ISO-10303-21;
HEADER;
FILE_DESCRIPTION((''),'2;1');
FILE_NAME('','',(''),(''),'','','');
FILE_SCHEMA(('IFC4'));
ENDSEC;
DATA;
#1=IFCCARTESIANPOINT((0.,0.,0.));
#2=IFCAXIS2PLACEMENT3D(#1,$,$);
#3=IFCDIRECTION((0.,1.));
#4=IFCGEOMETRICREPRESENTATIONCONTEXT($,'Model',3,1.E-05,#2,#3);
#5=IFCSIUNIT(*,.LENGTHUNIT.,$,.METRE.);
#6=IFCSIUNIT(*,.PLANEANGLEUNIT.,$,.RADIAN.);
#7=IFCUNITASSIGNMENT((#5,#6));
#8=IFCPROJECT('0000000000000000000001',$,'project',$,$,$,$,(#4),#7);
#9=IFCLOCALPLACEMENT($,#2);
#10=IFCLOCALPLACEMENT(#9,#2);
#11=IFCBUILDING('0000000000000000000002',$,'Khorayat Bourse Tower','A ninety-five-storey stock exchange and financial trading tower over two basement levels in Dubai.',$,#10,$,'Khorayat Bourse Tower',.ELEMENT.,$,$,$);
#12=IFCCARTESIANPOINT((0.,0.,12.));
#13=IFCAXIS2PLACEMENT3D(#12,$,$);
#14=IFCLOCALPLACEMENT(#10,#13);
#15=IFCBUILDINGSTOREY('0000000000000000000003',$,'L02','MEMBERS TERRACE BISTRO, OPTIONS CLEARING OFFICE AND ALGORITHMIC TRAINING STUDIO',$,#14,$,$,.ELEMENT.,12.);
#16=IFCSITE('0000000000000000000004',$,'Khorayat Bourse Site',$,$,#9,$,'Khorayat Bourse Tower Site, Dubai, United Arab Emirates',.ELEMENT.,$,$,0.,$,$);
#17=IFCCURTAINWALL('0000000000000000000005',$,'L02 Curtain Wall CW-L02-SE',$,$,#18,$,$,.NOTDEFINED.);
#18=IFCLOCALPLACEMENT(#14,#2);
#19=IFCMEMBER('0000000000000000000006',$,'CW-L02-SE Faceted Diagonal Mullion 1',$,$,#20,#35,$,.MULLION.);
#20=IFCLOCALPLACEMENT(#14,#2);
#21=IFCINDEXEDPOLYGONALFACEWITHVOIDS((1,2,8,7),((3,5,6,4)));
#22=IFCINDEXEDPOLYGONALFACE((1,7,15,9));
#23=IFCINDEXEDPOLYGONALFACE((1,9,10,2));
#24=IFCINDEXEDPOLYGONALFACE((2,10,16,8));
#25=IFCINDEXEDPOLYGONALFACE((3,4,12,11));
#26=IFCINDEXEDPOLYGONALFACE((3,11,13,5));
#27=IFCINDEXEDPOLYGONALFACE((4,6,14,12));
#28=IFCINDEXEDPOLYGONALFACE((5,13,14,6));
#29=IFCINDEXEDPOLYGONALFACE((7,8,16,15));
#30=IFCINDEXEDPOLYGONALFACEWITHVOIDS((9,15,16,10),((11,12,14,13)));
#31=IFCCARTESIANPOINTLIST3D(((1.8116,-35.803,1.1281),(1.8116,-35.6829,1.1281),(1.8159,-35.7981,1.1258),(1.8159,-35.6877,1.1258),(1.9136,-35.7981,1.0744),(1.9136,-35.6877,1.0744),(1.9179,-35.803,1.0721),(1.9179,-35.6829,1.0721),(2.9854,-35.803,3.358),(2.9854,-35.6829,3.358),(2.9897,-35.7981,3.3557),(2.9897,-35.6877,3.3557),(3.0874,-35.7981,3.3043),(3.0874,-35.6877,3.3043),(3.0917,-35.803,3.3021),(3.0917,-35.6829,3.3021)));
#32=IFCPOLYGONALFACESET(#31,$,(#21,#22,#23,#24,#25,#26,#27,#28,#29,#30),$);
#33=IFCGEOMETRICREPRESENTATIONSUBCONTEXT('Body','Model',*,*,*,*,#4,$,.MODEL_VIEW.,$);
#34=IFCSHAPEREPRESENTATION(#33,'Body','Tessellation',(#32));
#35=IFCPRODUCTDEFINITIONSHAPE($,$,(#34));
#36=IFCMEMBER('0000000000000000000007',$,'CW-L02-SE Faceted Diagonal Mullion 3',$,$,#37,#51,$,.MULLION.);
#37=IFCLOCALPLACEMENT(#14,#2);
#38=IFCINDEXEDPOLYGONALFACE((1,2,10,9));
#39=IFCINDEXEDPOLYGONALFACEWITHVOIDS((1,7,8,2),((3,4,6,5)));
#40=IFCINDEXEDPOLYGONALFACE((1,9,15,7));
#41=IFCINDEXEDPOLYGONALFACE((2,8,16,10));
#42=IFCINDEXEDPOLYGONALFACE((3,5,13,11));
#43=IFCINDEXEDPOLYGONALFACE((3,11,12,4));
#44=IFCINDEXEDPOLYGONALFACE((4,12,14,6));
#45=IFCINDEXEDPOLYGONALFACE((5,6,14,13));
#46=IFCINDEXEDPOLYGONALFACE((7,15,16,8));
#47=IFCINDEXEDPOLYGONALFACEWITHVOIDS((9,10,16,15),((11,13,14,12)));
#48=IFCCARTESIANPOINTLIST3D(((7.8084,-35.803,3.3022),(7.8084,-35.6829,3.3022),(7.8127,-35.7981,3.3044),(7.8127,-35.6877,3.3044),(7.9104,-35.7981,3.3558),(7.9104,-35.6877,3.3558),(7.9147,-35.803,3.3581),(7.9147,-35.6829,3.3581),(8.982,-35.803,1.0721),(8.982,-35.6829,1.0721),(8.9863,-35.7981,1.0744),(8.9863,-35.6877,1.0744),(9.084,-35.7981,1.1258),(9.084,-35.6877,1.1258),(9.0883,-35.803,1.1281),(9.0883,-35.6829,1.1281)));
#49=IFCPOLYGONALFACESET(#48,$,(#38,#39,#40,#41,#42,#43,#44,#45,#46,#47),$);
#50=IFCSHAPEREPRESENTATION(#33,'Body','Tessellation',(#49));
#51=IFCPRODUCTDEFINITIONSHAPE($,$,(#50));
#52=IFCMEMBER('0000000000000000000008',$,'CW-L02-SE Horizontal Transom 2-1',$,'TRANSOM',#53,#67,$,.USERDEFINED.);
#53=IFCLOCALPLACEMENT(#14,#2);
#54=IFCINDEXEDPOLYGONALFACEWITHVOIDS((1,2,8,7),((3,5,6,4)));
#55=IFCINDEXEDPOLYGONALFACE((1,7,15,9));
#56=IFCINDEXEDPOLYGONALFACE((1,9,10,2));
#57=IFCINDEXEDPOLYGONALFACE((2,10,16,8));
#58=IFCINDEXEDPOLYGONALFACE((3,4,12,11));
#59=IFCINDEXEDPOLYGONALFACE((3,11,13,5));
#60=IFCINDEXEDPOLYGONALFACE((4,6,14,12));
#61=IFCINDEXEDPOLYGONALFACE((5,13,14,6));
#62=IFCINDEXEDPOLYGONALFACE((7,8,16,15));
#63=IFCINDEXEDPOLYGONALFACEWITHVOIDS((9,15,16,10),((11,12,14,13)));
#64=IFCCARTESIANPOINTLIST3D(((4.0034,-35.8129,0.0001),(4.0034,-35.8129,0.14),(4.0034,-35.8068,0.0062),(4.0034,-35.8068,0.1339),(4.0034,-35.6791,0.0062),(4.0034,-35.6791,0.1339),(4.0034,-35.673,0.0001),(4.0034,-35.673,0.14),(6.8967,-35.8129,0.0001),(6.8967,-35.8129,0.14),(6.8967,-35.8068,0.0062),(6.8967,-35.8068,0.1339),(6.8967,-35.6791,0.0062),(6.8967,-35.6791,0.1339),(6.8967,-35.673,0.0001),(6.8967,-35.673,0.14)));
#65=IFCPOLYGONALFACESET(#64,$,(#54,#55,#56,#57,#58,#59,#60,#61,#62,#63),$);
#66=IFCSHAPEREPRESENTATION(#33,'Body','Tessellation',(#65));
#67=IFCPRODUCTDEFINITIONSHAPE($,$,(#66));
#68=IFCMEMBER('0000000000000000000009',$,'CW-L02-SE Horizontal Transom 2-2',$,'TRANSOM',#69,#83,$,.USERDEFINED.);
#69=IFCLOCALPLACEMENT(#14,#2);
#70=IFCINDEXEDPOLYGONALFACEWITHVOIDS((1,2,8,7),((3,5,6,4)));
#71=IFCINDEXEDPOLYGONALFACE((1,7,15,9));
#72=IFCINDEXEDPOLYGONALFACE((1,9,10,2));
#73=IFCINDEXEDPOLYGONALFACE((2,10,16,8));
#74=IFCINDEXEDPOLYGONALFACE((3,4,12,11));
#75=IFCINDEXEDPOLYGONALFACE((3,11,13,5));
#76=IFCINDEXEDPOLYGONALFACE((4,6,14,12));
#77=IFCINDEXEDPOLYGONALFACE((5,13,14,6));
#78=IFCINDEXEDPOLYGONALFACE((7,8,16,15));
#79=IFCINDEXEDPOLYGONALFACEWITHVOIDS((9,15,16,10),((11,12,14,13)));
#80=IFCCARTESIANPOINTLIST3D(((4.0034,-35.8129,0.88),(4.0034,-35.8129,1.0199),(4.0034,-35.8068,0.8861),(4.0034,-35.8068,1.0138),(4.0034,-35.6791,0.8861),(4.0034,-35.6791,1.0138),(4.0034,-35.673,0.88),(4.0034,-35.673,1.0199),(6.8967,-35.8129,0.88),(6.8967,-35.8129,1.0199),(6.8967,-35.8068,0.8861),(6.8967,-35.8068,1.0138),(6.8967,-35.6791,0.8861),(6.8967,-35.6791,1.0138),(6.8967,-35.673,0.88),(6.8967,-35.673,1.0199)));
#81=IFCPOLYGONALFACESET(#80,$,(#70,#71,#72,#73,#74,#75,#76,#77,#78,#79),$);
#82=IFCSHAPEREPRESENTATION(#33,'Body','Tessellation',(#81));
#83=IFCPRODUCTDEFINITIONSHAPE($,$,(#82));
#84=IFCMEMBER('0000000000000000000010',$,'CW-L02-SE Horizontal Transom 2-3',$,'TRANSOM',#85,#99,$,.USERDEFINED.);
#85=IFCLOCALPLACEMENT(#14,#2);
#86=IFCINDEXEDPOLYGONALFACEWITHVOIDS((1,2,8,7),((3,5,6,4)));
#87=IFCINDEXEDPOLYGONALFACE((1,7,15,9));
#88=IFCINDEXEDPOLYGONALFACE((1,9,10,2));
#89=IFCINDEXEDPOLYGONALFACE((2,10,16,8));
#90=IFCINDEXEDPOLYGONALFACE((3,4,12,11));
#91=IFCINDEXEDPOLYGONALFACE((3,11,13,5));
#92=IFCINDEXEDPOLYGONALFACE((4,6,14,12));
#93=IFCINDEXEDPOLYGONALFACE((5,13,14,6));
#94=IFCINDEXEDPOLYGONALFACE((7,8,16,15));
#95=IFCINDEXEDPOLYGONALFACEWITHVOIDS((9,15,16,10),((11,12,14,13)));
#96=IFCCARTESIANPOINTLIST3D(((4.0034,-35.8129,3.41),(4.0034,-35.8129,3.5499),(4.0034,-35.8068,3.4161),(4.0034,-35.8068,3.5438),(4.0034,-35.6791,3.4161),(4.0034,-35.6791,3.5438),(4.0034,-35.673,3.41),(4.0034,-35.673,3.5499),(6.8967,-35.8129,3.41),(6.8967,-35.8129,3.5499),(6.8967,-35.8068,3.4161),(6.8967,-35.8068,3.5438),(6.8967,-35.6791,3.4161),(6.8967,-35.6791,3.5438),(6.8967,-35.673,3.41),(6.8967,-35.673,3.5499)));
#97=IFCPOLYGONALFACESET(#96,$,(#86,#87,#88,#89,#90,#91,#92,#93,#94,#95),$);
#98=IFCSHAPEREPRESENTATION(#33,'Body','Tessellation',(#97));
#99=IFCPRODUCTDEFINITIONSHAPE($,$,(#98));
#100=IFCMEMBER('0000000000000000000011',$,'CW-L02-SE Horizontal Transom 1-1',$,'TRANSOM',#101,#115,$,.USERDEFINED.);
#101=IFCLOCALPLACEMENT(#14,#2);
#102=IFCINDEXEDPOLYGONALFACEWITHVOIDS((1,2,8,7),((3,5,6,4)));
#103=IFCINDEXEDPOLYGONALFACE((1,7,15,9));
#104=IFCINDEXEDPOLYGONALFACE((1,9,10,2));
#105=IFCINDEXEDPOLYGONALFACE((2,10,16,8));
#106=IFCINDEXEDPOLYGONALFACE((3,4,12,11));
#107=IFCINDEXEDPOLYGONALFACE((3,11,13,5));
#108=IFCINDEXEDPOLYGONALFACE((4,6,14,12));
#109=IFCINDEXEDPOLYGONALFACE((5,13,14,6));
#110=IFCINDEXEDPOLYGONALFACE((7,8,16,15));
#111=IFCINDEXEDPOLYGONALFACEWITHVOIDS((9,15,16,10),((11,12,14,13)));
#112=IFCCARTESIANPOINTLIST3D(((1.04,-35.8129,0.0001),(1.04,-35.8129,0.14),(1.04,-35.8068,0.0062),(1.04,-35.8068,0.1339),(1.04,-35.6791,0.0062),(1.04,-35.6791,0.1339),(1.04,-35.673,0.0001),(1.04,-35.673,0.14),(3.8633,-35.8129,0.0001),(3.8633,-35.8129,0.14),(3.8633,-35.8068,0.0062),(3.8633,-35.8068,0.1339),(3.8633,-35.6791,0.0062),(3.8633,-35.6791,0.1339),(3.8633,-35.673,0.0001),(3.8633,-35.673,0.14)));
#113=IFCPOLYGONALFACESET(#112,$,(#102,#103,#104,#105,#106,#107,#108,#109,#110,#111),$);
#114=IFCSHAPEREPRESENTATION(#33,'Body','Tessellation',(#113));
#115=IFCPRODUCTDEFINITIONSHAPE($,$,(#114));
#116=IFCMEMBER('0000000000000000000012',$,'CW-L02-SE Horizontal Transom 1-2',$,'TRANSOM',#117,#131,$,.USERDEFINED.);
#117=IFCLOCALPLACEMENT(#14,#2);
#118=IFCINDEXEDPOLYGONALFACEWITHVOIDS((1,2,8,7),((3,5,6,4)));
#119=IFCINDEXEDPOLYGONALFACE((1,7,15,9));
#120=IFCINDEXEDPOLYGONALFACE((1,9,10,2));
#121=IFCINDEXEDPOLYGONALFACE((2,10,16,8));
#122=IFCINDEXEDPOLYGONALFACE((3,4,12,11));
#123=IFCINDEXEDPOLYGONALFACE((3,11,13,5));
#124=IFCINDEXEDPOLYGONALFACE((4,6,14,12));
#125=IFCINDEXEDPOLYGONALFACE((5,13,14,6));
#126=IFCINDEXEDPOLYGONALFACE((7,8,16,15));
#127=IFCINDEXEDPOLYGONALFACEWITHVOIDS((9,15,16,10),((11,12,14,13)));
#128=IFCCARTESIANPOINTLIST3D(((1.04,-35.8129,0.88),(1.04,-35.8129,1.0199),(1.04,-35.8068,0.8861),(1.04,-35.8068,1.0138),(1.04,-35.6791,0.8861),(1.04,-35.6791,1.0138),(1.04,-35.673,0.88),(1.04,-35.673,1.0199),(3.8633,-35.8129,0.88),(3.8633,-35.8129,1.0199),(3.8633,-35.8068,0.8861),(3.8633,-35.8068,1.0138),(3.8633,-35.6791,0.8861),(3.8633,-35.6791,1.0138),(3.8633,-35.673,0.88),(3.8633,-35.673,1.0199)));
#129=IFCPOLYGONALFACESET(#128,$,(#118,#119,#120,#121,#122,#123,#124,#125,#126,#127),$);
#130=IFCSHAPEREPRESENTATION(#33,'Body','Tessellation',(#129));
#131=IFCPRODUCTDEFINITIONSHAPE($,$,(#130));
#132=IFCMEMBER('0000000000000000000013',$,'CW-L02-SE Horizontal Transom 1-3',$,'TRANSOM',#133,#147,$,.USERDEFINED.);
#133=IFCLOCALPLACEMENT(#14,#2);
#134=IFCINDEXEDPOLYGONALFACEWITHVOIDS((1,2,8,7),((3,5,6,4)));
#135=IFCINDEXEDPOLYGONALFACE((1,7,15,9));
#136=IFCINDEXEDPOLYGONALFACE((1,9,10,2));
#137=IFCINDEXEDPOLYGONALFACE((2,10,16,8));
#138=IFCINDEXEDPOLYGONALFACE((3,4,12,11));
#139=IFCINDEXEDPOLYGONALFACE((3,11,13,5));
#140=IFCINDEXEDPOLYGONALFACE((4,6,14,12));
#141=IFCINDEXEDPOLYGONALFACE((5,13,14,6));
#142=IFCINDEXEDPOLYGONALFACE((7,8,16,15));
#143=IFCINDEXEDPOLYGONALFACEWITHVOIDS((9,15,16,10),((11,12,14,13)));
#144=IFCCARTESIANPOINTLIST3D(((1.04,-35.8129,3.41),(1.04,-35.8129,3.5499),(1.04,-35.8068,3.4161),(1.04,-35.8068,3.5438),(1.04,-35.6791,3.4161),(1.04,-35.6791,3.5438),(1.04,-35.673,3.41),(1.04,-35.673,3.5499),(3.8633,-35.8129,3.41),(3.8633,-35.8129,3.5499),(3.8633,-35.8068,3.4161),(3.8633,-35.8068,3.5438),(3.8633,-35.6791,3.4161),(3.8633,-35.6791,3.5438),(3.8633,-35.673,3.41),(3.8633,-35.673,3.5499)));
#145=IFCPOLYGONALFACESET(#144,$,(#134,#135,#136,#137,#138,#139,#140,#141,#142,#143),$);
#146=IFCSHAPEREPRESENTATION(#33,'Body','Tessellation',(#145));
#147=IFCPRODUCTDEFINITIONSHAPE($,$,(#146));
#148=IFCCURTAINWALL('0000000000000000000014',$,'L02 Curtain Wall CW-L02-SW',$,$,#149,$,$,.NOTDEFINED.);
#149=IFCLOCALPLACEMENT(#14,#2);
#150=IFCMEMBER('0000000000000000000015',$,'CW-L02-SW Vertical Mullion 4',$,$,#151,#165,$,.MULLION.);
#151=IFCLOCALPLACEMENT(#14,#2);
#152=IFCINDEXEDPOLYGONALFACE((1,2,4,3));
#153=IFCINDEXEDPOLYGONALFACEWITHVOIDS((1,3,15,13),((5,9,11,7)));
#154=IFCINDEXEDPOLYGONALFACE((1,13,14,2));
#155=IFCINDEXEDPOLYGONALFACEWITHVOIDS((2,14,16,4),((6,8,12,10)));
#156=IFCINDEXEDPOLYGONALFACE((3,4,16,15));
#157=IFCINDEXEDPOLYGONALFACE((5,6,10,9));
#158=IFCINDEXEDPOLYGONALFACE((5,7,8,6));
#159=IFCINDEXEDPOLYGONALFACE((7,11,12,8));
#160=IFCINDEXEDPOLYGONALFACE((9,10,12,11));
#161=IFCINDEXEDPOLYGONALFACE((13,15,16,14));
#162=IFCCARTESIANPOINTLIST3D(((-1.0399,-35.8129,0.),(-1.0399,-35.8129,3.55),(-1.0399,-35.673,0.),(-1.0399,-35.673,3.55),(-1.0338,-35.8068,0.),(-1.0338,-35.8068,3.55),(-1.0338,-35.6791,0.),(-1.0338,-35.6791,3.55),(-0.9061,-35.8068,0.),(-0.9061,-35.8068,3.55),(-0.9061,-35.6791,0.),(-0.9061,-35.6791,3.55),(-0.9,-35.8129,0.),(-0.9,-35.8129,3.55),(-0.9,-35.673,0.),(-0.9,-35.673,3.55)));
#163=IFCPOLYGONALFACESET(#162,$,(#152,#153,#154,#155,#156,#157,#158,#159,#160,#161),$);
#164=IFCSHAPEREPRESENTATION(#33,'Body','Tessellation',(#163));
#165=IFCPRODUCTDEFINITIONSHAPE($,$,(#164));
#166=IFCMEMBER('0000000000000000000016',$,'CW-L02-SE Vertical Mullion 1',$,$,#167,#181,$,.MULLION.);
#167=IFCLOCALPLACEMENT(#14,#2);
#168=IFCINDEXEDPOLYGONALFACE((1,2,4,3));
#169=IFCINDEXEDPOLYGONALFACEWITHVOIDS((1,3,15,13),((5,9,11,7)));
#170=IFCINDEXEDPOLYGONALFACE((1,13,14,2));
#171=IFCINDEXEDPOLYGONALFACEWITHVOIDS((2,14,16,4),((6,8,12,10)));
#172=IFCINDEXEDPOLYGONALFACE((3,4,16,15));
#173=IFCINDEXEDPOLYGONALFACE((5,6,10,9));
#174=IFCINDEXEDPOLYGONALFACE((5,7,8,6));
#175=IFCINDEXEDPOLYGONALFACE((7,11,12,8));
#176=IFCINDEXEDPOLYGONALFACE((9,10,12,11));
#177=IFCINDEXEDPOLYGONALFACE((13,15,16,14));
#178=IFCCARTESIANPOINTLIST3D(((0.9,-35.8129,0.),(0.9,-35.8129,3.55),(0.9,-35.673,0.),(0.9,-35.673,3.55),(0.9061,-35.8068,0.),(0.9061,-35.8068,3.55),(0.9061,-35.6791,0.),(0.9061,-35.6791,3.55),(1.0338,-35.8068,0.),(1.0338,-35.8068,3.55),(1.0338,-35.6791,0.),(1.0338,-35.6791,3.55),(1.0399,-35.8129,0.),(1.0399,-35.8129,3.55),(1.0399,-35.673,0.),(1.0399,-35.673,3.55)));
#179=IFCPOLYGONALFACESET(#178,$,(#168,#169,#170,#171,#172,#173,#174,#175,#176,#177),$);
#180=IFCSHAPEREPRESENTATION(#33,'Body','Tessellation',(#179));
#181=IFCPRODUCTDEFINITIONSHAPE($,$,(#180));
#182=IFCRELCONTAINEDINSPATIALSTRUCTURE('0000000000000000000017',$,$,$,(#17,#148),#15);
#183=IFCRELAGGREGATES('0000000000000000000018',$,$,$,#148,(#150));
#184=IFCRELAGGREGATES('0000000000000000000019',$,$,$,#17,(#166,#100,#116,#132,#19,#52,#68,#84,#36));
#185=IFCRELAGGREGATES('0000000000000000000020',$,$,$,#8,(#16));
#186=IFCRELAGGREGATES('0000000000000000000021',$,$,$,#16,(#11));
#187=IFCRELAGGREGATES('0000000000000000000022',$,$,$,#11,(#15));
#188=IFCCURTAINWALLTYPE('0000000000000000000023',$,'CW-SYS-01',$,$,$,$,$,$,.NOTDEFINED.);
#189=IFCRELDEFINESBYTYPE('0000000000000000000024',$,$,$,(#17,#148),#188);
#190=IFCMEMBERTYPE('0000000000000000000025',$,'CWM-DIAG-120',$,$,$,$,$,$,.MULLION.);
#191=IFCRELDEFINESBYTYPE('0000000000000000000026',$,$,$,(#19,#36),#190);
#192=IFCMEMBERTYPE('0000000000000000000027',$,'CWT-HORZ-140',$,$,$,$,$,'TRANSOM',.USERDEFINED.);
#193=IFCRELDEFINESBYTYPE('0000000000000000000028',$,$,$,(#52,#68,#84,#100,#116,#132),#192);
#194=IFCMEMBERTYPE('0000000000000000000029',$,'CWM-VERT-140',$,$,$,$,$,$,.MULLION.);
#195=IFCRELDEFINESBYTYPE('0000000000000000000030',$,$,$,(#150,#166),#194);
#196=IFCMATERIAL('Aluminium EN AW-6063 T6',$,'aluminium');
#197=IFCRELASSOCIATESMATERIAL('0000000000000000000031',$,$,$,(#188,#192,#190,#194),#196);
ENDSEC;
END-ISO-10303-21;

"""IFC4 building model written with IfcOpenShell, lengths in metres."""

from ifc_helpers import new_model, si_unit, direction, frame, origin, origin_2d, place, context, subcontext, project, spatial, hollow_rectangle, extrude, source, transform, mapped, material, material_profile, profile_set, type_object, element, aggregate, save


model = new_model("IFC4")

# Units and contexts
model_context = context("Model", 3, precision=1e-05, world=origin(), true_north=direction((0.0, 1.0)))
body_context = subcontext(model_context, "Body", "Model", "MODEL_VIEW")
ifc_project = project(units=[si_unit("LENGTHUNIT", "METRE"), si_unit("PLANEANGLEUNIT", "RADIAN")], contexts=[model_context])

# Site, building, storey
site_placement = place(None, origin())
site = spatial("IfcSite", under=ifc_project, at=site_placement, Name="Khorayat Bourse Site", LongName="Khorayat Bourse Tower Site, Dubai, United Arab Emirates", CompositionType="ELEMENT", RefElevation=0.0)
building_placement = place(site_placement, origin())
building = spatial("IfcBuilding", under=site, at=building_placement, Name="Khorayat Bourse Tower", Description="A ninety-five-storey stock exchange and financial trading tower over two basement levels in Dubai.", LongName="Khorayat Bourse Tower", CompositionType="ELEMENT")
storey_placement = place(building_placement, frame((0.0, 0.0, 12.0)))
storey = spatial("IfcBuildingStorey", under=building, at=storey_placement, Name="L02", Description="MEMBERS TERRACE BISTRO, OPTIONS CLEARING OFFICE AND ALGORITHMIC TRAINING STUDIO", CompositionType="ELEMENT", Elevation=12.0)

# Curtain wall, members
ifc_material_1 = material(Name="Aluminium EN AW-6063 T6", Category="aluminium")
curtain_wall_type = type_object("IfcCurtainWallType", Name="CW-SYS-01", PredefinedType="NOTDEFINED", material=ifc_material_1)
curtain_wall_1_placement = place(storey_placement, origin())
curtain_wall_1 = element("IfcCurtainWall", 1, at=curtain_wall_1_placement, inside=storey, type_object=curtain_wall_type, Name="L02 Curtain Wall CW-L02-SE", PredefinedType="NOTDEFINED")
ifc_material_profile_1 = material_profile(ifc_material_1, hollow_rectangle(XDim=0.1399, YDim=0.1399, WallThickness=0.0061, at=origin_2d()), Name="ALU 140x140x6")
ifc_profile_set_1 = profile_set([ifc_material_profile_1], Name="Aluminium EN AW-6063 T6")
member_type_1 = type_object("IfcMemberType", Name="CWT-HORZ-140", ElementType="TRANSOM", PredefinedType="USERDEFINED", material=ifc_profile_set_1)
ifc_material_profile_2 = material_profile(ifc_material_1, hollow_rectangle(XDim=0.1201, YDim=0.1201, WallThickness=0.0049, at=origin_2d()), Name="ALU 120x120x5")
ifc_profile_set_2 = profile_set([ifc_material_profile_2], Name="Aluminium EN AW-6063 T6")
member_type_2 = type_object("IfcMemberType", Name="CWM-DIAG-120", PredefinedType="MULLION", material=ifc_profile_set_2)
shared_shape_1 = source(origin(), body_context, "Body", "SweptSolid", [
    extrude(hollow_rectangle(XDim=0.1201, YDim=0.1201, WallThickness=0.0049, at=origin_2d()), origin(), (0.0, 0.0, 1.0), 2.52),
])
member_1_placement = place(storey_placement, frame((1.8647, -35.7429, 1.1001), z_axis=(0.465794, 0.0, 0.884893), x_axis=(0.0, 1.0, 0.0)))
member_1 = element("IfcMember", 2, at=member_1_placement, type_object=member_type_2, Name="CW-L02-SE Faceted Diagonal Mullion 1", PredefinedType="MULLION", context=body_context, shape_type="MappedRepresentation", body=[
    mapped(shared_shape_1, transform((0.0, 0.0, 0.0), scale=1.0)),
])
member_2_placement = place(storey_placement, frame((9.0352, -35.7429, 1.1001), z_axis=(-0.465718, 0.0, 0.884933), x_axis=(0.0, -1.0, 0.0)))
member_2 = element("IfcMember", 3, at=member_2_placement, type_object=member_type_2, Name="CW-L02-SE Faceted Diagonal Mullion 3", PredefinedType="MULLION", context=body_context, shape_type="MappedRepresentation", body=[
    mapped(shared_shape_1, transform((0.0, 0.0, 0.0), scale=1.0)),
])
shared_shape_2 = source(origin(), body_context, "Body", "SweptSolid", [
    extrude(hollow_rectangle(XDim=0.1399, YDim=0.1399, WallThickness=0.0061, at=origin_2d()), origin(), (0.0, 0.0, 1.0), 2.8933),
])
member_3_placement = place(storey_placement, frame((4.0034, -35.7429, 0.0701), z_axis=(1.0, 0.0, 0.0), x_axis=(0.0, 1.0, 0.0)))
member_3 = element("IfcMember", 4, at=member_3_placement, type_object=member_type_1, Name="CW-L02-SE Horizontal Transom 2-1", ObjectType="TRANSOM", PredefinedType="USERDEFINED", context=body_context, shape_type="MappedRepresentation", body=[
    mapped(shared_shape_2, transform((0.0, 0.0, 0.0), scale=1.0)),
])
member_4_placement = place(storey_placement, frame((4.0034, -35.7429, 0.95), z_axis=(1.0, 0.0, 0.0), x_axis=(0.0, 1.0, 0.0)))
member_4 = element("IfcMember", 5, at=member_4_placement, type_object=member_type_1, Name="CW-L02-SE Horizontal Transom 2-2", ObjectType="TRANSOM", PredefinedType="USERDEFINED", context=body_context, shape_type="MappedRepresentation", body=[
    mapped(shared_shape_2, transform((0.0, 0.0, 0.0), scale=1.0)),
])
member_5_placement = place(storey_placement, frame((4.0034, -35.7429, 3.48), z_axis=(1.0, 0.0, 0.0), x_axis=(0.0, 1.0, 0.0)))
member_5 = element("IfcMember", 6, at=member_5_placement, type_object=member_type_1, Name="CW-L02-SE Horizontal Transom 2-3", ObjectType="TRANSOM", PredefinedType="USERDEFINED", context=body_context, shape_type="MappedRepresentation", body=[
    mapped(shared_shape_2, transform((0.0, 0.0, 0.0), scale=1.0)),
])
shared_shape_3 = source(origin(), body_context, "Body", "SweptSolid", [
    extrude(hollow_rectangle(XDim=0.1399, YDim=0.1399, WallThickness=0.0061, at=origin_2d()), origin(), (0.0, 0.0, 1.0), 2.8232),
])
member_6_placement = place(storey_placement, frame((1.04, -35.7429, 0.0701), z_axis=(1.0, 0.0, 0.0), x_axis=(0.0, 1.0, 0.0)))
member_6 = element("IfcMember", 7, at=member_6_placement, type_object=member_type_1, Name="CW-L02-SE Horizontal Transom 1-1", ObjectType="TRANSOM", PredefinedType="USERDEFINED", context=body_context, shape_type="MappedRepresentation", body=[
    mapped(shared_shape_3, transform((0.0, 0.0, 0.0), scale=1.0)),
])
member_7_placement = place(storey_placement, frame((1.04, -35.7429, 0.95), z_axis=(1.0, 0.0, 0.0), x_axis=(0.0, 1.0, 0.0)))
member_7 = element("IfcMember", 8, at=member_7_placement, type_object=member_type_1, Name="CW-L02-SE Horizontal Transom 1-2", ObjectType="TRANSOM", PredefinedType="USERDEFINED", context=body_context, shape_type="MappedRepresentation", body=[
    mapped(shared_shape_3, transform((0.0, 0.0, 0.0), scale=1.0)),
])
member_8_placement = place(storey_placement, frame((1.04, -35.7429, 3.48), z_axis=(1.0, 0.0, 0.0), x_axis=(0.0, 1.0, 0.0)))
member_8 = element("IfcMember", 9, at=member_8_placement, type_object=member_type_1, Name="CW-L02-SE Horizontal Transom 1-3", ObjectType="TRANSOM", PredefinedType="USERDEFINED", context=body_context, shape_type="MappedRepresentation", body=[
    mapped(shared_shape_3, transform((0.0, 0.0, 0.0), scale=1.0)),
])

# Curtain wall, member
curtain_wall_2_placement = place(storey_placement, origin())
curtain_wall_2 = element("IfcCurtainWall", 10, at=curtain_wall_2_placement, inside=storey, type_object=curtain_wall_type, Name="L02 Curtain Wall CW-L02-SW", PredefinedType="NOTDEFINED")
ifc_material_profile_3 = material_profile(ifc_material_1, hollow_rectangle(XDim=0.1399, YDim=0.1399, WallThickness=0.0061, at=origin_2d()), Name="ALU 140x140x6")
ifc_profile_set_3 = profile_set([ifc_material_profile_3], Name="Aluminium EN AW-6063 T6")
member_type_3 = type_object("IfcMemberType", Name="CWM-VERT-140", PredefinedType="MULLION", material=ifc_profile_set_3)
shared_shape_4 = source(origin(), body_context, "Body", "SweptSolid", [
    extrude(hollow_rectangle(XDim=0.1399, YDim=0.1399, WallThickness=0.0061, at=origin_2d()), origin(), (0.0, 0.0, 1.0), 3.55),
])
member_9_placement = place(storey_placement, frame((-0.97, -35.7429, 0.0), z_axis=(0.0, 0.0, 1.0), x_axis=(0.0, 1.0, 0.0)))
member_9 = element("IfcMember", 11, at=member_9_placement, type_object=member_type_3, Name="CW-L02-SW Vertical Mullion 4", PredefinedType="MULLION", context=body_context, shape_type="MappedRepresentation", body=[
    mapped(shared_shape_4, transform((0.0, 0.0, 0.0), scale=1.0)),
])
aggregate(curtain_wall_2, [member_9])

# Member
member_10_placement = place(storey_placement, frame((0.97, -35.7429, 0.0), z_axis=(0.0, 0.0, 1.0), x_axis=(0.0, 1.0, 0.0)))
member_10 = element("IfcMember", 12, at=member_10_placement, type_object=member_type_3, Name="CW-L02-SE Vertical Mullion 1", PredefinedType="MULLION", context=body_context, shape_type="MappedRepresentation", body=[
    mapped(shared_shape_4, transform((0.0, 0.0, 0.0), scale=1.0)),
])

aggregate(curtain_wall_1, [member_10, member_6, member_7, member_8, member_1, member_3, member_4, member_5, member_2])

save(model, "model.ifc")
